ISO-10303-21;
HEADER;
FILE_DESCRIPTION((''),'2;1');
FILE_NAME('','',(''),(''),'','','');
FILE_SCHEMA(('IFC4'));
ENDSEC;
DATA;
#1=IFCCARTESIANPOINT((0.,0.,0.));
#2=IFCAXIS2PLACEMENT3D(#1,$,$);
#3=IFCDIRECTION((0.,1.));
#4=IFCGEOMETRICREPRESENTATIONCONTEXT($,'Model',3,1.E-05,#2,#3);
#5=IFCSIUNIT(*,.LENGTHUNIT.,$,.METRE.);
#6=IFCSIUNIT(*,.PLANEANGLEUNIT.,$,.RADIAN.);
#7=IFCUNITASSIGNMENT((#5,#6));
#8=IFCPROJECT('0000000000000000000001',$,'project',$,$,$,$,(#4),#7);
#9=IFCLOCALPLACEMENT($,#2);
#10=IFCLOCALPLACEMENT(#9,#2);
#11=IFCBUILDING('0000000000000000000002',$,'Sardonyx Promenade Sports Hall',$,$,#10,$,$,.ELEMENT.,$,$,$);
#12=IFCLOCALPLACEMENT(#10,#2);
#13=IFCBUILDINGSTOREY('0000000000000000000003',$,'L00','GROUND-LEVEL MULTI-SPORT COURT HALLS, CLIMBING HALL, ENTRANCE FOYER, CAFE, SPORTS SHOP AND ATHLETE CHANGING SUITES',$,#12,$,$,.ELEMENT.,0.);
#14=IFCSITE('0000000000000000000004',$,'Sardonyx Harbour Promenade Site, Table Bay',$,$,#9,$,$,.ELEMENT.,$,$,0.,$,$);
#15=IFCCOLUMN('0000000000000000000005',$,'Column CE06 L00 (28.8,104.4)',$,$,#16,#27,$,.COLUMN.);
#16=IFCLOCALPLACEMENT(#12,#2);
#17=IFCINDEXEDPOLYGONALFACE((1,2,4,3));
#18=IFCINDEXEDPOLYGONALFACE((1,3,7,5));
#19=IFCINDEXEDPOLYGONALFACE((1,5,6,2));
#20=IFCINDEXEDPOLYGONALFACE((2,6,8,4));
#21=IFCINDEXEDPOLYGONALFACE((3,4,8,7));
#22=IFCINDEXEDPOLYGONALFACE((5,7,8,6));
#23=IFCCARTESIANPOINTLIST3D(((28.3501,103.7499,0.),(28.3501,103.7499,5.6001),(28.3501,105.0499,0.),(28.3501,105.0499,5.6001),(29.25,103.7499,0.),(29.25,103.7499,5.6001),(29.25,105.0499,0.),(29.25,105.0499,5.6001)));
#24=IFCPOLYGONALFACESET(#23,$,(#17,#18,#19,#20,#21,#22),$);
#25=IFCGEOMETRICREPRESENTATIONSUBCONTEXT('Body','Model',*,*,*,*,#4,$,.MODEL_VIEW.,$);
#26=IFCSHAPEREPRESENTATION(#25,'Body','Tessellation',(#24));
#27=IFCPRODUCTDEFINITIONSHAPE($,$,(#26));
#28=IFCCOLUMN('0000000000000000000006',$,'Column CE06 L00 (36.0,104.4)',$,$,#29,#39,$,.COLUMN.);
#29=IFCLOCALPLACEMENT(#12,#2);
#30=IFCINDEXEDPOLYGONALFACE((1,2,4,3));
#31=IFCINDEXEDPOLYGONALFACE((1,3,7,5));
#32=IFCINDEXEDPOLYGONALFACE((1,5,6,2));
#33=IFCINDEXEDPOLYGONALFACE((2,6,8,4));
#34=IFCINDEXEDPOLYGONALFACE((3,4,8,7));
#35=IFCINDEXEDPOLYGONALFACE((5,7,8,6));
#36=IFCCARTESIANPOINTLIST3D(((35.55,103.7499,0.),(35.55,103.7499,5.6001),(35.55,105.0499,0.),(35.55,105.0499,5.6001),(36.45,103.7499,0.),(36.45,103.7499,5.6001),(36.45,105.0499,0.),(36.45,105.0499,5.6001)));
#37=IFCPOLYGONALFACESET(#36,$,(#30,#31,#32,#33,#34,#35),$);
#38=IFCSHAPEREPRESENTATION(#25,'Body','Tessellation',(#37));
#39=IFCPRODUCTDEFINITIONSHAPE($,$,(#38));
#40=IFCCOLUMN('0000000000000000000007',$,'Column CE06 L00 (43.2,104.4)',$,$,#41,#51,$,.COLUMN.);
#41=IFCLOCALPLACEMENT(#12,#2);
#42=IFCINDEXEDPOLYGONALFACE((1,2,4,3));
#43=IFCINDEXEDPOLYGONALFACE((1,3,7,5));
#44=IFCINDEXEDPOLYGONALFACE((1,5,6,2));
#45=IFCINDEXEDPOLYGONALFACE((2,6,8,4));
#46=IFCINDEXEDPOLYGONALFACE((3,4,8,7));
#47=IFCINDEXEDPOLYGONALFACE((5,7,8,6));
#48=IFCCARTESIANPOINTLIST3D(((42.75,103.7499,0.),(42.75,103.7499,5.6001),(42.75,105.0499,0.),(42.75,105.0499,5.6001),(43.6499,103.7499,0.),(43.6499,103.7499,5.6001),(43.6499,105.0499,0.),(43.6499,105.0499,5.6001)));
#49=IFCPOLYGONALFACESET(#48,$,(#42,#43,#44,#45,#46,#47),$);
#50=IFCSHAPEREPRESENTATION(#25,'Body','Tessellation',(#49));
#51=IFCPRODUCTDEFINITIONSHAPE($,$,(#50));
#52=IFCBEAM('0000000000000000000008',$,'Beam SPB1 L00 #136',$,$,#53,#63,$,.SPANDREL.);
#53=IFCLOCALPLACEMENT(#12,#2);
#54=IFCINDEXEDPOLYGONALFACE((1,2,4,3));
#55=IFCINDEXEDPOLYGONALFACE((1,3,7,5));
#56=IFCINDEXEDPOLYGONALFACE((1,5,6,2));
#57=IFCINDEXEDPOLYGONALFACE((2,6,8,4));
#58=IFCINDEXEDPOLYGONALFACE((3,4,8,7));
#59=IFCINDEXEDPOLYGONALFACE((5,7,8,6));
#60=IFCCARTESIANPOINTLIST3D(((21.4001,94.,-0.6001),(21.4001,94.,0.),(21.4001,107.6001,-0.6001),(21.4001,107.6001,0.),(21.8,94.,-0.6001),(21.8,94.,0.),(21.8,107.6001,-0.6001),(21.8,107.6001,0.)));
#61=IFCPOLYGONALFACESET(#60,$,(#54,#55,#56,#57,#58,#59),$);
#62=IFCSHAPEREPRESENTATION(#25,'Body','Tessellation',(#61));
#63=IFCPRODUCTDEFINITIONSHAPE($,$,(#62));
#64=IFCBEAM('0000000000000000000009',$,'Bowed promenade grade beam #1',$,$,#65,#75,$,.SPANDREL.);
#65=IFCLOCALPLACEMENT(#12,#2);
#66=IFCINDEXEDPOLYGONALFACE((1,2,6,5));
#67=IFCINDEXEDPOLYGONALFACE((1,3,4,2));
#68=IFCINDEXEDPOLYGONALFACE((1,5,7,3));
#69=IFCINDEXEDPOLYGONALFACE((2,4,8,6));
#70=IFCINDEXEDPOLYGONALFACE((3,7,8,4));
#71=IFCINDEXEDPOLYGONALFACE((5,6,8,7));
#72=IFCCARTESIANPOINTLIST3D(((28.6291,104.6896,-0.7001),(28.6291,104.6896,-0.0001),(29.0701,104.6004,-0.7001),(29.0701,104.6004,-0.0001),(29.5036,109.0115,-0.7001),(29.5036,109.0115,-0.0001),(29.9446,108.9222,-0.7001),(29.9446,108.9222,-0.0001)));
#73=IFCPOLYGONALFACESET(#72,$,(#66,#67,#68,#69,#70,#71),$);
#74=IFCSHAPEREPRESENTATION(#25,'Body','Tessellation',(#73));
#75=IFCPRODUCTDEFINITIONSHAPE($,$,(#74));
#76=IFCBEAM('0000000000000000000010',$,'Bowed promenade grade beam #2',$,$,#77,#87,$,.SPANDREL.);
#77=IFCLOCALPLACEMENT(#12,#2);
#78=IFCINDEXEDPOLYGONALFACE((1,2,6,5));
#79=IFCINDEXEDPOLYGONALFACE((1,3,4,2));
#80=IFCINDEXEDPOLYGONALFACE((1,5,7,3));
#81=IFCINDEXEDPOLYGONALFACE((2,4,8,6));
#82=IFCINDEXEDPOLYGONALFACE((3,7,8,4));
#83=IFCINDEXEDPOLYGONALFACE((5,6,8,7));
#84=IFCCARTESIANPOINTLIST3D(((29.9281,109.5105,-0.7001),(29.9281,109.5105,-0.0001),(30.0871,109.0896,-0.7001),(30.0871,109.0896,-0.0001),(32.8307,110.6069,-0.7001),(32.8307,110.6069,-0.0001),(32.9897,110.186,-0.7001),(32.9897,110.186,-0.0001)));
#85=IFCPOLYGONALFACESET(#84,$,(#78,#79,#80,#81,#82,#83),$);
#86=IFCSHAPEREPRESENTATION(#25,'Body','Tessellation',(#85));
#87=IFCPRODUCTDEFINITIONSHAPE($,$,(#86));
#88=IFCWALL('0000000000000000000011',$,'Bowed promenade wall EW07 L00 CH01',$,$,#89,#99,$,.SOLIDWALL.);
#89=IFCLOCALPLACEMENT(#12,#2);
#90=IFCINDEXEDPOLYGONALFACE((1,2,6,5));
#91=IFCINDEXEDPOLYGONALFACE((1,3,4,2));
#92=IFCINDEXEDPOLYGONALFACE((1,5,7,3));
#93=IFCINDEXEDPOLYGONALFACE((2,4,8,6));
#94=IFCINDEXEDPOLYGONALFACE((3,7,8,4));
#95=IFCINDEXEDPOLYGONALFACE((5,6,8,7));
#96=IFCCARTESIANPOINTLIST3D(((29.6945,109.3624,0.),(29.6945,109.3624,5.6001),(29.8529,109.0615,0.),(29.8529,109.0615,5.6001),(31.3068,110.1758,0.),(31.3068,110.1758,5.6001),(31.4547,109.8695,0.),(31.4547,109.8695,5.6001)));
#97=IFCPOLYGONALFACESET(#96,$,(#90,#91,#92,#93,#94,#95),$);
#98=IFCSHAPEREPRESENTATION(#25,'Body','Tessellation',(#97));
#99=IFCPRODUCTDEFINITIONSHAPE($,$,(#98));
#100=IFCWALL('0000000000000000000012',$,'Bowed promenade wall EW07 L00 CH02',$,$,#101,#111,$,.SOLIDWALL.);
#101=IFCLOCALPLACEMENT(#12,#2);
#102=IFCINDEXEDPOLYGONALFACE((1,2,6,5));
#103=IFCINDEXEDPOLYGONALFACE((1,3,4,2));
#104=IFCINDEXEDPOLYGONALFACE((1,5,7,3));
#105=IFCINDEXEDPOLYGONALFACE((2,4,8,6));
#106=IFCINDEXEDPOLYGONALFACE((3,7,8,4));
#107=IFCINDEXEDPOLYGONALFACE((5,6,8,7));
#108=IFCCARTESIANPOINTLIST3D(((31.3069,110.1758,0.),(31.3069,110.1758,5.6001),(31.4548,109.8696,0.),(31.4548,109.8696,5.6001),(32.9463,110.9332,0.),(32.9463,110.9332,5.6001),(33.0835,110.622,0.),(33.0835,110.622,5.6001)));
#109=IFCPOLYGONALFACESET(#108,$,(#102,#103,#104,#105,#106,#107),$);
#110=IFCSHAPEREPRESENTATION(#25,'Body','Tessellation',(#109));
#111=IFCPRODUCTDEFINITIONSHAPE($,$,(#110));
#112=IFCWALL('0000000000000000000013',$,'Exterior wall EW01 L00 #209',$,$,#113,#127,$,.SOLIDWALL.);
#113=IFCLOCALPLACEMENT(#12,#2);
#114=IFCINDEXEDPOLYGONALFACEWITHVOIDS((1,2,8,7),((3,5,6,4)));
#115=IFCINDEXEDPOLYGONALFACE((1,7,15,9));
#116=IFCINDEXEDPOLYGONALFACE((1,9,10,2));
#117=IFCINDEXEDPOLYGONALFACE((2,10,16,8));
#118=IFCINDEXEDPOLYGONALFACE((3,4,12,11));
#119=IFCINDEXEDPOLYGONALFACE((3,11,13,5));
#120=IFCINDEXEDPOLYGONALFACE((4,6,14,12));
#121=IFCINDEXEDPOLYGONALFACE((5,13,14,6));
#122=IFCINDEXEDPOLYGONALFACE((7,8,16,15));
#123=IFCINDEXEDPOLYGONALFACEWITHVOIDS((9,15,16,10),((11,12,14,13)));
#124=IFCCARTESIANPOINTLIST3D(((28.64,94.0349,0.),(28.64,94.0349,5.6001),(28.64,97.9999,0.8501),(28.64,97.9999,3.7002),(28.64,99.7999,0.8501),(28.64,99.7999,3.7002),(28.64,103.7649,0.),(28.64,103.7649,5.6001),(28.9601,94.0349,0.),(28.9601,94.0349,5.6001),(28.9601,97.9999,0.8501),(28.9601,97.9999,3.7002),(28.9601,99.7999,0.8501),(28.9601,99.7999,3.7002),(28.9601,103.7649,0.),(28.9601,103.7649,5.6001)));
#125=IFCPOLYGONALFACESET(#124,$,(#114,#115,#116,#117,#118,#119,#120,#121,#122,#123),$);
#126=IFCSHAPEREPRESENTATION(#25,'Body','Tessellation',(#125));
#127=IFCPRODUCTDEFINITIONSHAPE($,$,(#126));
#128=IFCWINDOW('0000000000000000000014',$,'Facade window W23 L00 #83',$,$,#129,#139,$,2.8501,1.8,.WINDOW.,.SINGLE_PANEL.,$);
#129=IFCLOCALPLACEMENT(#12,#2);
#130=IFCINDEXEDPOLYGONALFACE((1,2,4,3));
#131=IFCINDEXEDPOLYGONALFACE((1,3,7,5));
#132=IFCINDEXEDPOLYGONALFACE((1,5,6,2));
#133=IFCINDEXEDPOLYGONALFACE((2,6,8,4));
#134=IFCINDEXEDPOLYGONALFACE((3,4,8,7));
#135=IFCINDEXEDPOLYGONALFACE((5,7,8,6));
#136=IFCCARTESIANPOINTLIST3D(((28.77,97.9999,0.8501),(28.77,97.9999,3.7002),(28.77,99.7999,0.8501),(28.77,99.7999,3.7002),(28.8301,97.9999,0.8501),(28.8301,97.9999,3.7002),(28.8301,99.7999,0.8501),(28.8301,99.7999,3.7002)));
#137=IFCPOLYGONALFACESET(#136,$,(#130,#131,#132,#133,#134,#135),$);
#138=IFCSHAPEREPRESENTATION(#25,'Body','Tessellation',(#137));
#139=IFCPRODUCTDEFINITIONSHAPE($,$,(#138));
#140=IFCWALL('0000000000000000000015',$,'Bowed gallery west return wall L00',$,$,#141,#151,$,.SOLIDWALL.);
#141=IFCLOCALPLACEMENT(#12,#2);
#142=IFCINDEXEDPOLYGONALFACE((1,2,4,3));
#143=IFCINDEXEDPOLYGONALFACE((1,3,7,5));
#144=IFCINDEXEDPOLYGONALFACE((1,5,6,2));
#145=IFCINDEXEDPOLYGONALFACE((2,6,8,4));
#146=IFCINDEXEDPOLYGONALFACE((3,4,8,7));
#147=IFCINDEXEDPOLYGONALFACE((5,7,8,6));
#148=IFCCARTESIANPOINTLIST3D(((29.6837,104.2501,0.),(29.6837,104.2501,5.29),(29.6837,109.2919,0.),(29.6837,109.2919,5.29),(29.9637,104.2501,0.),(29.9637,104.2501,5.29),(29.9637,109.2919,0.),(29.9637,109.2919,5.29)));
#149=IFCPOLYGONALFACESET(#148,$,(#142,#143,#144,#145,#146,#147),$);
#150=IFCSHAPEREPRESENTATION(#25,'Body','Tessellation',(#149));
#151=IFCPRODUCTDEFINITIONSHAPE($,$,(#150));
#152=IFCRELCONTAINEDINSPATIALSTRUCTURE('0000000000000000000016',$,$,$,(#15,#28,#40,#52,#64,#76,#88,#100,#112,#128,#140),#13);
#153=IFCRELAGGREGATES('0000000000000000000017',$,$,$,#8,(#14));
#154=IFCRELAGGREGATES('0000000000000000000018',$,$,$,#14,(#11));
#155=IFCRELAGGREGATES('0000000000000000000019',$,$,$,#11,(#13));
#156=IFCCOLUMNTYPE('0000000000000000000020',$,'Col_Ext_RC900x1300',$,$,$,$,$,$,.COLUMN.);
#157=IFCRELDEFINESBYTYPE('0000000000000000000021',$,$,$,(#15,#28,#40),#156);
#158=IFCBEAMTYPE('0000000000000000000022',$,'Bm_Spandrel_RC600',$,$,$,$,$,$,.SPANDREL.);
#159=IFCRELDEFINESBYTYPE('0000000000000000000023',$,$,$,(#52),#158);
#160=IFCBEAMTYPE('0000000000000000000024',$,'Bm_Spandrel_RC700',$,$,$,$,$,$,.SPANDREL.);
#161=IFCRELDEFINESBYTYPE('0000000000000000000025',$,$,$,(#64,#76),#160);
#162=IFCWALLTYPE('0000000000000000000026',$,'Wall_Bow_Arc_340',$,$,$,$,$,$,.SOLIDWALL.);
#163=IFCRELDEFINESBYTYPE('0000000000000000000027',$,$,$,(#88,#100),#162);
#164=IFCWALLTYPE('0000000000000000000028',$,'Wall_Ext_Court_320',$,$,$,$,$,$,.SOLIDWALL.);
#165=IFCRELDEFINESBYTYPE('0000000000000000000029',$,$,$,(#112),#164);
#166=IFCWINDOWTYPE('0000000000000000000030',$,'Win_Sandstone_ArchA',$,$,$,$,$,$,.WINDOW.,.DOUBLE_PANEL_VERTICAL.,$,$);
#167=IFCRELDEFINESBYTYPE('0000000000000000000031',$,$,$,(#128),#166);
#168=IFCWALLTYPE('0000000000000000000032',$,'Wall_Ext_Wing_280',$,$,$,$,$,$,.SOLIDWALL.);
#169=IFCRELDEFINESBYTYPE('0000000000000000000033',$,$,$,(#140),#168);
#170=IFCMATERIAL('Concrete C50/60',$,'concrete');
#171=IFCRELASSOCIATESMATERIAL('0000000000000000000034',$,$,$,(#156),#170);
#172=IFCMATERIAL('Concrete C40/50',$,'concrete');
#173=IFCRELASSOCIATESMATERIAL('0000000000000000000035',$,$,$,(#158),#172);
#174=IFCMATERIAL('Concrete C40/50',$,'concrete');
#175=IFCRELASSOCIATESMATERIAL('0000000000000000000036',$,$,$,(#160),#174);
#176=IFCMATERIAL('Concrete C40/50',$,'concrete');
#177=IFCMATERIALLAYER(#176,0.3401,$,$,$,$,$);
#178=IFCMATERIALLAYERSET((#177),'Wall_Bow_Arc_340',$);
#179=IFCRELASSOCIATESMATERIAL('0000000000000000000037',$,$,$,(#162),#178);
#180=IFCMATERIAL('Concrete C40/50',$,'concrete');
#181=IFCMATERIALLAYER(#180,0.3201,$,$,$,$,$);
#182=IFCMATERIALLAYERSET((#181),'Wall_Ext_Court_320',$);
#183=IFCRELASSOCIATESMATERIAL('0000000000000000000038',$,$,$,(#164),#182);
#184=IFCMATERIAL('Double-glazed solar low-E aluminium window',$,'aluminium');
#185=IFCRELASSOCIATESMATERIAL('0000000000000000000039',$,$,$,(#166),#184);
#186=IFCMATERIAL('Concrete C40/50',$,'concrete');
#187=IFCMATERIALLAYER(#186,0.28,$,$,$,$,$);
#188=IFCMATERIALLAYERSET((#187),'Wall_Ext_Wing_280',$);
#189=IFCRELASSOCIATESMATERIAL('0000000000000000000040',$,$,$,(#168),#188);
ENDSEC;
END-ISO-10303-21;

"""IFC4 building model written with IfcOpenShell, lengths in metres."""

from ifc_helpers import new_model, si_unit, direction, frame, frame_2d, origin, origin_2d, place, context, subcontext, project, spatial, polyline, rectangle, outline, extrude, material, layer, layer_set, material_profile, profile_set, type_object, element, fill, save


model = new_model("IFC4")

# Units and contexts
model_context = context("Model", 3, precision=1e-05, world=origin(), true_north=direction((0.0, 1.0)))
body_context = subcontext(model_context, "Body", "Model", "MODEL_VIEW")
ifc_project = project(units=[si_unit("LENGTHUNIT", "METRE"), si_unit("PLANEANGLEUNIT", "RADIAN")], contexts=[model_context])

# Site, building, storey
site_placement = place(None, origin())
site = spatial("IfcSite", under=ifc_project, at=site_placement, Name="Sardonyx Harbour Promenade Site, Table Bay", CompositionType="ELEMENT", RefElevation=0.0)
building_placement = place(site_placement, origin())
building = spatial("IfcBuilding", under=site, at=building_placement, Name="Sardonyx Promenade Sports Hall", CompositionType="ELEMENT")
storey_placement = place(building_placement, origin())
storey = spatial("IfcBuildingStorey", under=building, at=storey_placement, Name="L00", Description="GROUND-LEVEL MULTI-SPORT COURT HALLS, CLIMBING HALL, ENTRANCE FOYER, CAFE, SPORTS SHOP AND ATHLETE CHANGING SUITES", CompositionType="ELEMENT", Elevation=0.0)

# Columns
ifc_material_1 = material(Name="Concrete C50/60", Category="concrete")
ifc_material_profile_1 = material_profile(ifc_material_1, rectangle(XDim=0.8999, YDim=1.3, at=origin_2d()))
ifc_profile_set_1 = profile_set([ifc_material_profile_1], Name="Concrete C50/60")
column_type = type_object("IfcColumnType", Name="Col_Ext_RC900x1300", PredefinedType="COLUMN", material=ifc_profile_set_1)
for number, where, z_axis, x_axis, name in (
    (1, (28.8, 104.3999, 0.0), (0.0, 0.0, 1.0), (1.0, 0.0, 0.0), "Column CE06 L00 (28.8,104.4)"),
    (2, (36.0, 104.3999, 0.0), (0.0, 0.0, 1.0), (1.0, 0.0, 0.0), "Column CE06 L00 (36.0,104.4)"),
    (3, (43.2, 104.3999, 0.0), (0.0, 0.0, 1.0), (1.0, 0.0, 0.0), "Column CE06 L00 (43.2,104.4)"),
):
    element("IfcColumn", number, at=place(storey_placement, frame(where, z_axis=z_axis, x_axis=x_axis)), inside=storey, type_object=column_type, Name=name, PredefinedType="COLUMN", context=body_context, shape_type="SweptSolid", body=[
        extrude(rectangle(XDim=0.8999, YDim=1.3, at=origin_2d()), origin(), (0.0, 0.0, 1.0), 5.6001),
    ])

# Beams
ifc_material_2 = material(Name="Concrete C40/50", Category="concrete")
ifc_material_profile_2 = material_profile(ifc_material_2, rectangle(XDim=0.3999, YDim=0.6001, at=origin_2d()))
ifc_profile_set_2 = profile_set([ifc_material_profile_2], Name="Concrete C40/50")
beam_type_1 = type_object("IfcBeamType", Name="Bm_Spandrel_RC600", PredefinedType="SPANDREL", material=ifc_profile_set_2)
beam_1_placement = place(storey_placement, frame((21.6001, 94.0, -0.3), z_axis=(0.0, 1.0, 0.0), x_axis=(-1.0, 0.0, 0.0)))
element("IfcBeam", 4, at=beam_1_placement, inside=storey, type_object=beam_type_1, Name="Beam SPB1 L00 #136", PredefinedType="SPANDREL", context=body_context, shape_type="SweptSolid", body=[
    extrude(rectangle(XDim=0.3999, YDim=0.6001, at=origin_2d()), origin(), (0.0, 0.0, 1.0), 13.6001),
])
ifc_material_3 = material(Name="Concrete C40/50", Category="concrete")
ifc_material_profile_3 = material_profile(ifc_material_3, rectangle(XDim=0.45, YDim=0.7, at=origin_2d()))
ifc_profile_set_3 = profile_set([ifc_material_profile_3], Name="Concrete C40/50")
beam_type_2 = type_object("IfcBeamType", Name="Bm_Spandrel_RC700", PredefinedType="SPANDREL", material=ifc_profile_set_3)
beam_2_placement = place(storey_placement, frame((28.8496, 104.645, -0.3501), z_axis=(0.19833, 0.980135, 0.0), x_axis=(-0.980135, 0.19833, 0.0)))
element("IfcBeam", 5, at=beam_2_placement, inside=storey, type_object=beam_type_2, Name="Bowed promenade grade beam #1", PredefinedType="SPANDREL", context=body_context, shape_type="SweptSolid", body=[
    extrude(rectangle(XDim=0.45, YDim=0.7, at=origin_2d()), origin(), (0.0, 0.0, 1.0), 4.4094),
])
beam_3_placement = place(storey_placement, frame((30.0076, 109.3, -0.3501), z_axis=(0.935482, 0.353373, 0.0), x_axis=(-0.353373, 0.935482, 0.0)))
element("IfcBeam", 6, at=beam_3_placement, inside=storey, type_object=beam_type_2, Name="Bowed promenade grade beam #2", PredefinedType="SPANDREL", context=body_context, shape_type="SweptSolid", body=[
    extrude(rectangle(XDim=0.45, YDim=0.7, at=origin_2d()), origin(), (0.0, 0.0, 1.0), 3.1028),
])

# Walls
ifc_material_4 = material(Name="Concrete C40/50", Category="concrete")
ifc_layer_1 = layer(ifc_material_4, 0.3401)
ifc_layer_set_1 = layer_set([ifc_layer_1], Name="Wall_Bow_Arc_340")
wall_type_1 = type_object("IfcWallType", Name="Wall_Bow_Arc_340", PredefinedType="SOLIDWALL", material=ifc_layer_set_1)
for number, where, z_axis, x_axis, name in (
    (7, (29.7737, 109.2119, 0.0), (0.0, 0.0, 1.0), (0.892821, 0.450411, 0.0), "Bowed promenade wall EW07 L00 CH01"),
    (8, (31.3809, 110.0227, 0.0), (0.0, 0.0, 1.0), (0.907808, 0.419385, 0.0), "Bowed promenade wall EW07 L00 CH02"),
):
    element("IfcWall", number, at=place(storey_placement, frame(where, z_axis=z_axis, x_axis=x_axis)), inside=storey, type_object=wall_type_1, Name=name, PredefinedType="SOLIDWALL", context=body_context, shape_type="SweptSolid", body=[
        extrude(outline(polyline([(0.0029, -0.17), (1.7971, -0.17), (1.8029, 0.17), (-0.0029, 0.17), (0.0029, -0.17)])), origin(), (0.0, 0.0, 1.0), 5.6001),
    ])

# Wall, opening, window
ifc_material_5 = material(Name="Concrete C40/50", Category="concrete")
ifc_layer_2 = layer(ifc_material_5, 0.3201)
ifc_layer_set_2 = layer_set([ifc_layer_2], Name="Wall_Ext_Court_320")
wall_type_2 = type_object("IfcWallType", Name="Wall_Ext_Court_320", PredefinedType="SOLIDWALL", material=ifc_layer_set_2)
wall_1_placement = place(storey_placement, frame((28.8, 94.0349, 0.0), z_axis=(0.0, 0.0, 1.0), x_axis=(0.0, 1.0, 0.0)))
wall_1 = element("IfcWall", 9, at=wall_1_placement, inside=storey, type_object=wall_type_2, Name="Exterior wall EW01 L00 #209", PredefinedType="SOLIDWALL", context=body_context, shape_type="SweptSolid", body=[
    extrude(rectangle(XDim=9.73, YDim=0.3201, at=frame_2d((4.865, 0.0))), origin(), (0.0, 0.0, 1.0), 5.6001),
])
opening_1_placement = place(wall_1_placement, frame((3.9651, 0.0, 0.8501)))
opening_1 = element("IfcOpeningElement", 10, at=opening_1_placement, cuts=wall_1, PredefinedType="OPENING", context=body_context, shape_type="SweptSolid", body=[
    extrude(rectangle(XDim=1.8, YDim=2.8501, at=frame_2d((0.8999, 1.425))), frame((0.0, 0.17, 0.0), z_axis=(0.0, -1.0, 0.0), x_axis=(1.0, 0.0, 0.0)), (0.0, 0.0, 1.0), 0.34),
])
ifc_material_6 = material(Name="Double-glazed solar low-E aluminium window", Category="aluminium")
window_type_1 = type_object("IfcWindowType", Name="Win_Sandstone_ArchA", PartitioningType="DOUBLE_PANEL_VERTICAL", PredefinedType="WINDOW", material=ifc_material_6)
window_1_placement = place(opening_1_placement, origin())
window_1 = element("IfcWindow", 11, at=window_1_placement, inside=storey, type_object=window_type_1, Name="Facade window W23 L00 #83", OverallHeight=2.8501, OverallWidth=1.8, PartitioningType="SINGLE_PANEL", PredefinedType="WINDOW", context=body_context, shape_type="SweptSolid", body=[
    extrude(rectangle(XDim=1.8, YDim=2.8501, at=frame_2d((0.8999, 1.425))), frame((0.0, 0.03, 0.0), z_axis=(0.0, -1.0, 0.0), x_axis=(1.0, 0.0, 0.0)), (0.0, 0.0, 1.0), 0.0601),
])
fill(opening_1, window_1)

# Wall
ifc_material_7 = material(Name="Concrete C40/50", Category="concrete")
ifc_layer_3 = layer(ifc_material_7, 0.28)
ifc_layer_set_3 = layer_set([ifc_layer_3], Name="Wall_Ext_Wing_280")
wall_type_3 = type_object("IfcWallType", Name="Wall_Ext_Wing_280", PredefinedType="SOLIDWALL", material=ifc_layer_set_3)
wall_2_placement = place(storey_placement, frame((29.8237, 104.25, 0.0), z_axis=(0.0, 0.0, 1.0), x_axis=(0.0, 1.0, 0.0)))
element("IfcWall", 12, at=wall_2_placement, inside=storey, type_object=wall_type_3, Name="Bowed gallery west return wall L00", PredefinedType="SOLIDWALL", context=body_context, shape_type="SweptSolid", body=[
    extrude(rectangle(XDim=5.0417, YDim=0.28, at=frame_2d((2.521, 0.0))), origin(), (0.0, 0.0, 1.0), 5.29),
])

save(model, "model.ifc")
